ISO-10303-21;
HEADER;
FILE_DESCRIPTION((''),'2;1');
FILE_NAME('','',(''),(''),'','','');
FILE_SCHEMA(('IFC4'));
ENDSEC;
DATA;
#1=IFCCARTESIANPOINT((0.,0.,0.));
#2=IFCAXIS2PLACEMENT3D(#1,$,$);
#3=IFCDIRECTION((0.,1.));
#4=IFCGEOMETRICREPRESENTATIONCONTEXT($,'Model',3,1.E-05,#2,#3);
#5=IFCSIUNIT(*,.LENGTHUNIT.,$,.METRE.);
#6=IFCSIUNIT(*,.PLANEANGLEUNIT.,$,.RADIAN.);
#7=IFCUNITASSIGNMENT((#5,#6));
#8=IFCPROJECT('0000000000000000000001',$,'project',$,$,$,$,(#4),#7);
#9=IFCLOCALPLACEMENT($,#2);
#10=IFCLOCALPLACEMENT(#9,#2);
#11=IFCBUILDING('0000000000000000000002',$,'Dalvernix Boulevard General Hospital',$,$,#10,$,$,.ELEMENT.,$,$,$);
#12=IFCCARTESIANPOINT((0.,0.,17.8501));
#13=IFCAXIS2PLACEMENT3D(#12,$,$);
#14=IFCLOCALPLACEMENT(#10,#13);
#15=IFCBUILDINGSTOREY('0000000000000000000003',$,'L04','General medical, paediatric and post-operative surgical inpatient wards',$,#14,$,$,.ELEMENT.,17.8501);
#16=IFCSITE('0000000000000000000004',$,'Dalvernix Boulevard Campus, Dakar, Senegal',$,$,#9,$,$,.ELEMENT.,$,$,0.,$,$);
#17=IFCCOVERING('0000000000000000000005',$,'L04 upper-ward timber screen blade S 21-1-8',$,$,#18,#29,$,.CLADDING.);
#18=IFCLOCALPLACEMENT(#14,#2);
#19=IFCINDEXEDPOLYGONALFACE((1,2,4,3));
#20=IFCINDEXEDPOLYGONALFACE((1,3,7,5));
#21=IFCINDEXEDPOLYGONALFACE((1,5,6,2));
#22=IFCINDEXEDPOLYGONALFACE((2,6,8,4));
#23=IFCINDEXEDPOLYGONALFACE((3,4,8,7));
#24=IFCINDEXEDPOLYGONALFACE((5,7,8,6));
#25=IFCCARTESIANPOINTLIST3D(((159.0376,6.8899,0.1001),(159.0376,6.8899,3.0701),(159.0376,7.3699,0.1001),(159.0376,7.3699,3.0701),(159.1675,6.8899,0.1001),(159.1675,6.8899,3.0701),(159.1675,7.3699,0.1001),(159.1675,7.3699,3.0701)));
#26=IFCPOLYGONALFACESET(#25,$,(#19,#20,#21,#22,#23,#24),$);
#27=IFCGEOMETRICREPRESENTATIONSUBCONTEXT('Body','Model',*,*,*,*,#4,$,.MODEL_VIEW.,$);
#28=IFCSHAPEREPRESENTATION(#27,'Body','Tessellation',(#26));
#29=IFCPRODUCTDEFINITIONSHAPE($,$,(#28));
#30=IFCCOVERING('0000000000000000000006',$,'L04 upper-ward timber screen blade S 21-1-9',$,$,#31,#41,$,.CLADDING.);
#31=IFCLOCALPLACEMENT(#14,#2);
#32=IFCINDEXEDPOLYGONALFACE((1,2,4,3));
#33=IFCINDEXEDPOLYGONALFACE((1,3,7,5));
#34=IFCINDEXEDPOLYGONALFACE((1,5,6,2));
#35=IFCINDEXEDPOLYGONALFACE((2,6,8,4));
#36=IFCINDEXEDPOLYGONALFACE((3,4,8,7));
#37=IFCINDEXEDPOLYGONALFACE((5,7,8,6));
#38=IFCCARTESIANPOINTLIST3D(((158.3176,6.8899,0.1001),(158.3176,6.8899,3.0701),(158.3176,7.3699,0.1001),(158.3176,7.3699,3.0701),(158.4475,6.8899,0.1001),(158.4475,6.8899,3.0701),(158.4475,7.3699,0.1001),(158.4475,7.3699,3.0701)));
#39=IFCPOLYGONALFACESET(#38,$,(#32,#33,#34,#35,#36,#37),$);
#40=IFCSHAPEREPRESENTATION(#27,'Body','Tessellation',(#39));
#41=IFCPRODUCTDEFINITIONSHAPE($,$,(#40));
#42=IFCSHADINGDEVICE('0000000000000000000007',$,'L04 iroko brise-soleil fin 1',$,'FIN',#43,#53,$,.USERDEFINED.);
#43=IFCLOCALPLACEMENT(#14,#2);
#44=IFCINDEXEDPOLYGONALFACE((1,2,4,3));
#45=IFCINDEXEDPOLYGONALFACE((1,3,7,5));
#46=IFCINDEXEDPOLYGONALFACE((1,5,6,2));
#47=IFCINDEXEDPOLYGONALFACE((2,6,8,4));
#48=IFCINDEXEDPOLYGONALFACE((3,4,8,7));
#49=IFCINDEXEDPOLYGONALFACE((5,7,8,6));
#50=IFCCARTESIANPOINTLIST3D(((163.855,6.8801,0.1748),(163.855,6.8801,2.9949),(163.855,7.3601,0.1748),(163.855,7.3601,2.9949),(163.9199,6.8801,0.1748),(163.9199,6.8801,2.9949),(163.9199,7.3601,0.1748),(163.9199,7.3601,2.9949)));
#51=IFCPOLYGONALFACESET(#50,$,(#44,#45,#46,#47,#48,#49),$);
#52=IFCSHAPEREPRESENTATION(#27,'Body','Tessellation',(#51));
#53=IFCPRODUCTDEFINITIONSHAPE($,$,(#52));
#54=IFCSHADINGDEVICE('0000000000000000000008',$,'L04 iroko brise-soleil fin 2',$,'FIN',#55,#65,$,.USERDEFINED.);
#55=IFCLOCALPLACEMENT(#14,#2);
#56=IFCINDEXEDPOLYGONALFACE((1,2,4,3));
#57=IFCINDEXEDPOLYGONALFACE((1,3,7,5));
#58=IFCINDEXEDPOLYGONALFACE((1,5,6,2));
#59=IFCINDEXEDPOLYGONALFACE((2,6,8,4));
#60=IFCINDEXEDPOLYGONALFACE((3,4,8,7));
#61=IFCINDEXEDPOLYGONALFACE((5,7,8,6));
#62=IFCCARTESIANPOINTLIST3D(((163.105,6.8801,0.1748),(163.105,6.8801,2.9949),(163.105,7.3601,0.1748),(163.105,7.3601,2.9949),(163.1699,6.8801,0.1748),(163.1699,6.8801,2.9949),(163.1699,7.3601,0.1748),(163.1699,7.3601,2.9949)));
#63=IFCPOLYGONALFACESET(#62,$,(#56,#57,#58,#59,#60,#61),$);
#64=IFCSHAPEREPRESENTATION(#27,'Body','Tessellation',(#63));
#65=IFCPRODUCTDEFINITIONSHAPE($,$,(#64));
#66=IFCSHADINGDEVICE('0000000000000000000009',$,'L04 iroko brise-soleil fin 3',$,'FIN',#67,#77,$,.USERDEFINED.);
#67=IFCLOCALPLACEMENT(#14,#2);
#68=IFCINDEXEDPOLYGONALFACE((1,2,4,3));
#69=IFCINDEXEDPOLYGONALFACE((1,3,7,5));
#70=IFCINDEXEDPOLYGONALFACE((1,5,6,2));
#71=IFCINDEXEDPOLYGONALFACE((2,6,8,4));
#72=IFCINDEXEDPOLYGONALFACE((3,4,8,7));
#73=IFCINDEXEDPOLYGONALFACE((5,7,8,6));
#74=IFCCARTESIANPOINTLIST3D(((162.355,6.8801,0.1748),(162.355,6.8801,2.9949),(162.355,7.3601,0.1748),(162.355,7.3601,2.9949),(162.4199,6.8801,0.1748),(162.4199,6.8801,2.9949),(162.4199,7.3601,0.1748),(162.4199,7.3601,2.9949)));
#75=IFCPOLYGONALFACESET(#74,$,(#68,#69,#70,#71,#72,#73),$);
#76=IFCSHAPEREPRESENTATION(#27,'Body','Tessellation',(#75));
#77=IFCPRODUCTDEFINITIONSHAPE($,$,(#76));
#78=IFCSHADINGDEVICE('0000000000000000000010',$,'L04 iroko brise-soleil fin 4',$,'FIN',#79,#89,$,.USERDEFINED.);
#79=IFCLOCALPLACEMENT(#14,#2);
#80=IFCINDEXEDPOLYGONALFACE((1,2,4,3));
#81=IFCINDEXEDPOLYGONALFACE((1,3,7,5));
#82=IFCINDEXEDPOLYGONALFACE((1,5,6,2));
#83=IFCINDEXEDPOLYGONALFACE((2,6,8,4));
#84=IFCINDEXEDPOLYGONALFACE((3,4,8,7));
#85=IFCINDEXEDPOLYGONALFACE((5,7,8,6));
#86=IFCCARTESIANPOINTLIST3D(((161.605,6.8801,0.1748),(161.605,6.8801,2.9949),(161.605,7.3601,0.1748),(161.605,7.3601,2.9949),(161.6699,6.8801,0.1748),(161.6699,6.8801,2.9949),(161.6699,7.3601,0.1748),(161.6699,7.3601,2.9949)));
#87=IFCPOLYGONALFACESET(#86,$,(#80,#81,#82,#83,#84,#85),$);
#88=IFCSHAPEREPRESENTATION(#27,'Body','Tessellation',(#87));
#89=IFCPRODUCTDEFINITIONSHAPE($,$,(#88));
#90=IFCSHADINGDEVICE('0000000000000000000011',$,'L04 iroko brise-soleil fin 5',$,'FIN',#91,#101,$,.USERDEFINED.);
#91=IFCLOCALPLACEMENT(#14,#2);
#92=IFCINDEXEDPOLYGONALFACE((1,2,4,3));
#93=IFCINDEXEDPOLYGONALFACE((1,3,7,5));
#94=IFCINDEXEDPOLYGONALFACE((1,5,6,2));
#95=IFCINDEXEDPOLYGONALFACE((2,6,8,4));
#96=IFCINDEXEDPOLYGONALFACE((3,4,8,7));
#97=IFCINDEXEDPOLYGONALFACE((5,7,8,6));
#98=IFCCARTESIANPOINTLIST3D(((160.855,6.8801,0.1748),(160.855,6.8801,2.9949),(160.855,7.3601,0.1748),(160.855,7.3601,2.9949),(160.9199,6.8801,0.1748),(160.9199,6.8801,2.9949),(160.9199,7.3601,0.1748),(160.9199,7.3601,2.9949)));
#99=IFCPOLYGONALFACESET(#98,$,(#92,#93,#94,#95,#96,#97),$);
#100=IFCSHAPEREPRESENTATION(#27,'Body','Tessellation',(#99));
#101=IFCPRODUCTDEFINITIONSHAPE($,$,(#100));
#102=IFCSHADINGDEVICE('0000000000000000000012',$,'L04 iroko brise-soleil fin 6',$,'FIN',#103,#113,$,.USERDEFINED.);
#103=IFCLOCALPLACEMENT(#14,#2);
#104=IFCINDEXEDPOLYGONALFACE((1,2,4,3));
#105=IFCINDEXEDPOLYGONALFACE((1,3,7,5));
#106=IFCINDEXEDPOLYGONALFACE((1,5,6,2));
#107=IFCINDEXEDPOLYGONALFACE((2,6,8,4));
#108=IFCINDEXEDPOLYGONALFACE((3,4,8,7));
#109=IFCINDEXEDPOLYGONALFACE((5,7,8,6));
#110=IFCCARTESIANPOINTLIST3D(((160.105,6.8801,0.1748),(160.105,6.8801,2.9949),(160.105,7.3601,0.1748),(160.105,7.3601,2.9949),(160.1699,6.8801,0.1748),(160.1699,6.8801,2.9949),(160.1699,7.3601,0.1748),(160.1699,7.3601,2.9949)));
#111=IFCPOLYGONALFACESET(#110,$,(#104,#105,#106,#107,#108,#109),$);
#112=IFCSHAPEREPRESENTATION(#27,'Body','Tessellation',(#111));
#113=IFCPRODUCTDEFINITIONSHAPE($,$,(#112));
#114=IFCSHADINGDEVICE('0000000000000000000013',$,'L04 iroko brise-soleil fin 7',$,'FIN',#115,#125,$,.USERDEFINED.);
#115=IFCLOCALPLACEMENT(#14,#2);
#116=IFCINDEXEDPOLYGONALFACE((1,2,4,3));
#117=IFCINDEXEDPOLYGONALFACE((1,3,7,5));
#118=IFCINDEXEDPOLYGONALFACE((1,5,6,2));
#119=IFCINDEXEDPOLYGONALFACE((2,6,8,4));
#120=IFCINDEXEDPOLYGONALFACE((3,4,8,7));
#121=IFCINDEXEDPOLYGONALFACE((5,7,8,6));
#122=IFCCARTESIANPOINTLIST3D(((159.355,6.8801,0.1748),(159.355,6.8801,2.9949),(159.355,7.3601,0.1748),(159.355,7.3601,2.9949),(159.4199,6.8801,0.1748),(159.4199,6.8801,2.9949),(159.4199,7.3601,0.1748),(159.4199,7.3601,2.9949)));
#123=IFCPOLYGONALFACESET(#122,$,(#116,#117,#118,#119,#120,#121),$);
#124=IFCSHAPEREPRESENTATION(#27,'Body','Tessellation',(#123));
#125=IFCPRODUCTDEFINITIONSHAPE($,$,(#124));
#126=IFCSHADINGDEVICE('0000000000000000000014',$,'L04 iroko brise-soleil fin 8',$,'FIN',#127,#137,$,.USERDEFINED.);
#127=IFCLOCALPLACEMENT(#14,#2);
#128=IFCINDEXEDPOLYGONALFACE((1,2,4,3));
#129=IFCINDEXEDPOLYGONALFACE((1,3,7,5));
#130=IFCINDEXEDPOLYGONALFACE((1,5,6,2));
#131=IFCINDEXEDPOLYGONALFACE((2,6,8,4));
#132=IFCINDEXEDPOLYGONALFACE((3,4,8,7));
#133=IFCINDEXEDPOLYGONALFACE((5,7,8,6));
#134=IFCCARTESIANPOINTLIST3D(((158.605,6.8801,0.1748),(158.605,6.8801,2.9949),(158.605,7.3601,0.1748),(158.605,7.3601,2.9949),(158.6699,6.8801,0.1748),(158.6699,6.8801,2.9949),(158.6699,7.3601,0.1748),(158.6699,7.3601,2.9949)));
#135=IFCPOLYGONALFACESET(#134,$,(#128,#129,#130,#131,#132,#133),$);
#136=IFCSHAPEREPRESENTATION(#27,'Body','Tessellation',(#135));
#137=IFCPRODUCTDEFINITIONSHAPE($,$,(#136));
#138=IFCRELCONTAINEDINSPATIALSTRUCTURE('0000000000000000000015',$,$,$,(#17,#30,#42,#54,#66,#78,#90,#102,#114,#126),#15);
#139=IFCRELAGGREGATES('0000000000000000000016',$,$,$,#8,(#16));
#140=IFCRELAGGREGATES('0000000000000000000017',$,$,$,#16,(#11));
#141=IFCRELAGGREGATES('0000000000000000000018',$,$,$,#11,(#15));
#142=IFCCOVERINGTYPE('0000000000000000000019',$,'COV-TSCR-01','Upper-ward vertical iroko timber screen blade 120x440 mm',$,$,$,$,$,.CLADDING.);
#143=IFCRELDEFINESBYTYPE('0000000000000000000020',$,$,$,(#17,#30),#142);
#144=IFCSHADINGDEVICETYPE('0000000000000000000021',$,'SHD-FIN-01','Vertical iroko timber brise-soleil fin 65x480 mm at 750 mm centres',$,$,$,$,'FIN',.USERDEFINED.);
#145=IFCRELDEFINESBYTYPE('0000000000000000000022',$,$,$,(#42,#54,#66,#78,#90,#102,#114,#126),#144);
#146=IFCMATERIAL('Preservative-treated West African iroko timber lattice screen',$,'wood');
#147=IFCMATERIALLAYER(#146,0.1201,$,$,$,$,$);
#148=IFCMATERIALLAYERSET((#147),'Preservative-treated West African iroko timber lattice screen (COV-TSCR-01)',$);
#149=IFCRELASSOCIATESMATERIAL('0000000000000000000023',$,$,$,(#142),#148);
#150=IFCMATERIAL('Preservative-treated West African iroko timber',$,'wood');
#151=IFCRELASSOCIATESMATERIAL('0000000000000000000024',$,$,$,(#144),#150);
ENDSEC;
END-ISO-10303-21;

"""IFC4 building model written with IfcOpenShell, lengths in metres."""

from ifc_helpers import new_model, si_unit, direction, frame, origin, origin_2d, place, context, subcontext, project, spatial, rectangle, extrude, material, layer, layer_set, type_object, element, save


model = new_model("IFC4")

# Units and contexts
model_context = context("Model", 3, precision=1e-05, world=origin(), true_north=direction((0.0, 1.0)))
body_context = subcontext(model_context, "Body", "Model", "MODEL_VIEW")
ifc_project = project(units=[si_unit("LENGTHUNIT", "METRE"), si_unit("PLANEANGLEUNIT", "RADIAN")], contexts=[model_context])

# Site, building, storey
site_placement = place(None, origin())
site = spatial("IfcSite", under=ifc_project, at=site_placement, Name="Dalvernix Boulevard Campus, Dakar, Senegal", CompositionType="ELEMENT", RefElevation=0.0)
building_placement = place(site_placement, origin())
building = spatial("IfcBuilding", under=site, at=building_placement, Name="Dalvernix Boulevard General Hospital", CompositionType="ELEMENT")
storey_placement = place(building_placement, frame((0.0, 0.0, 17.8501)))
storey = spatial("IfcBuildingStorey", under=building, at=storey_placement, Name="L04", Description="General medical, paediatric and post-operative surgical inpatient wards", CompositionType="ELEMENT", Elevation=17.8501)

# Coverings
ifc_material_1 = material(Name="Preservative-treated West African iroko timber lattice screen", Category="wood")
ifc_layer_1 = layer(ifc_material_1, 0.1201)
ifc_layer_set_1 = layer_set([ifc_layer_1], Name="Preservative-treated West African iroko timber lattice screen (COV-TSCR-01)")
covering_type_1 = type_object("IfcCoveringType", Name="COV-TSCR-01", Description="Upper-ward vertical iroko timber screen blade 120x440 mm", PredefinedType="CLADDING", material=ifc_layer_set_1)
for number, where, z_axis, x_axis, name in (
    (1, (159.1025, 7.1299, 0.1001), (0.0, 0.0, 1.0), (-1.0, 0.0, 0.0), "L04 upper-ward timber screen blade S 21-1-8"),
    (2, (158.3826, 7.1299, 0.1001), (0.0, 0.0, 1.0), (-1.0, 0.0, 0.0), "L04 upper-ward timber screen blade S 21-1-9"),
):
    element("IfcCovering", number, at=place(storey_placement, frame(where, z_axis=z_axis, x_axis=x_axis)), inside=storey, type_object=covering_type_1, Name=name, PredefinedType="CLADDING", context=body_context, shape_type="SweptSolid", body=[
        extrude(rectangle(XDim=0.1299, YDim=0.48, at=origin_2d()), origin(), (0.0, 0.0, 1.0), 2.97),
    ])

# Shading devices
ifc_material_2 = material(Name="Preservative-treated West African iroko timber", Category="wood")
shading_device_type = type_object("IfcShadingDeviceType", Name="SHD-FIN-01", Description="Vertical iroko timber brise-soleil fin 65x480 mm at 750 mm centres", ElementType="FIN", PredefinedType="USERDEFINED", material=ifc_material_2)
for number, where, z_axis, x_axis, name in (
    (3, (163.8875, 7.1201, 0.1748), (0.0, 0.0, 1.0), (-1.0, 0.0, 0.0), "L04 iroko brise-soleil fin 1"),
    (4, (163.1375, 7.1201, 0.1748), (0.0, 0.0, 1.0), (-1.0, 0.0, 0.0), "L04 iroko brise-soleil fin 2"),
    (5, (162.3875, 7.1201, 0.1748), (0.0, 0.0, 1.0), (-1.0, 0.0, 0.0), "L04 iroko brise-soleil fin 3"),
    (6, (161.6375, 7.1201, 0.1748), (0.0, 0.0, 1.0), (-1.0, 0.0, 0.0), "L04 iroko brise-soleil fin 4"),
    (7, (160.8875, 7.1201, 0.1748), (0.0, 0.0, 1.0), (-1.0, 0.0, 0.0), "L04 iroko brise-soleil fin 5"),
    (8, (160.1375, 7.1201, 0.1748), (0.0, 0.0, 1.0), (-1.0, 0.0, 0.0), "L04 iroko brise-soleil fin 6"),
    (9, (159.3875, 7.1201, 0.1748), (0.0, 0.0, 1.0), (-1.0, 0.0, 0.0), "L04 iroko brise-soleil fin 7"),
    (10, (158.6375, 7.1201, 0.1748), (0.0, 0.0, 1.0), (-1.0, 0.0, 0.0), "L04 iroko brise-soleil fin 8"),
):
    element("IfcShadingDevice", number, at=place(storey_placement, frame(where, z_axis=z_axis, x_axis=x_axis)), inside=storey, type_object=shading_device_type, Name=name, ObjectType="FIN", PredefinedType="USERDEFINED", context=body_context, shape_type="SweptSolid", body=[
        extrude(rectangle(XDim=0.0649, YDim=0.48, at=origin_2d()), origin(), (0.0, 0.0, 1.0), 2.8201),
    ])

save(model, "model.ifc")
